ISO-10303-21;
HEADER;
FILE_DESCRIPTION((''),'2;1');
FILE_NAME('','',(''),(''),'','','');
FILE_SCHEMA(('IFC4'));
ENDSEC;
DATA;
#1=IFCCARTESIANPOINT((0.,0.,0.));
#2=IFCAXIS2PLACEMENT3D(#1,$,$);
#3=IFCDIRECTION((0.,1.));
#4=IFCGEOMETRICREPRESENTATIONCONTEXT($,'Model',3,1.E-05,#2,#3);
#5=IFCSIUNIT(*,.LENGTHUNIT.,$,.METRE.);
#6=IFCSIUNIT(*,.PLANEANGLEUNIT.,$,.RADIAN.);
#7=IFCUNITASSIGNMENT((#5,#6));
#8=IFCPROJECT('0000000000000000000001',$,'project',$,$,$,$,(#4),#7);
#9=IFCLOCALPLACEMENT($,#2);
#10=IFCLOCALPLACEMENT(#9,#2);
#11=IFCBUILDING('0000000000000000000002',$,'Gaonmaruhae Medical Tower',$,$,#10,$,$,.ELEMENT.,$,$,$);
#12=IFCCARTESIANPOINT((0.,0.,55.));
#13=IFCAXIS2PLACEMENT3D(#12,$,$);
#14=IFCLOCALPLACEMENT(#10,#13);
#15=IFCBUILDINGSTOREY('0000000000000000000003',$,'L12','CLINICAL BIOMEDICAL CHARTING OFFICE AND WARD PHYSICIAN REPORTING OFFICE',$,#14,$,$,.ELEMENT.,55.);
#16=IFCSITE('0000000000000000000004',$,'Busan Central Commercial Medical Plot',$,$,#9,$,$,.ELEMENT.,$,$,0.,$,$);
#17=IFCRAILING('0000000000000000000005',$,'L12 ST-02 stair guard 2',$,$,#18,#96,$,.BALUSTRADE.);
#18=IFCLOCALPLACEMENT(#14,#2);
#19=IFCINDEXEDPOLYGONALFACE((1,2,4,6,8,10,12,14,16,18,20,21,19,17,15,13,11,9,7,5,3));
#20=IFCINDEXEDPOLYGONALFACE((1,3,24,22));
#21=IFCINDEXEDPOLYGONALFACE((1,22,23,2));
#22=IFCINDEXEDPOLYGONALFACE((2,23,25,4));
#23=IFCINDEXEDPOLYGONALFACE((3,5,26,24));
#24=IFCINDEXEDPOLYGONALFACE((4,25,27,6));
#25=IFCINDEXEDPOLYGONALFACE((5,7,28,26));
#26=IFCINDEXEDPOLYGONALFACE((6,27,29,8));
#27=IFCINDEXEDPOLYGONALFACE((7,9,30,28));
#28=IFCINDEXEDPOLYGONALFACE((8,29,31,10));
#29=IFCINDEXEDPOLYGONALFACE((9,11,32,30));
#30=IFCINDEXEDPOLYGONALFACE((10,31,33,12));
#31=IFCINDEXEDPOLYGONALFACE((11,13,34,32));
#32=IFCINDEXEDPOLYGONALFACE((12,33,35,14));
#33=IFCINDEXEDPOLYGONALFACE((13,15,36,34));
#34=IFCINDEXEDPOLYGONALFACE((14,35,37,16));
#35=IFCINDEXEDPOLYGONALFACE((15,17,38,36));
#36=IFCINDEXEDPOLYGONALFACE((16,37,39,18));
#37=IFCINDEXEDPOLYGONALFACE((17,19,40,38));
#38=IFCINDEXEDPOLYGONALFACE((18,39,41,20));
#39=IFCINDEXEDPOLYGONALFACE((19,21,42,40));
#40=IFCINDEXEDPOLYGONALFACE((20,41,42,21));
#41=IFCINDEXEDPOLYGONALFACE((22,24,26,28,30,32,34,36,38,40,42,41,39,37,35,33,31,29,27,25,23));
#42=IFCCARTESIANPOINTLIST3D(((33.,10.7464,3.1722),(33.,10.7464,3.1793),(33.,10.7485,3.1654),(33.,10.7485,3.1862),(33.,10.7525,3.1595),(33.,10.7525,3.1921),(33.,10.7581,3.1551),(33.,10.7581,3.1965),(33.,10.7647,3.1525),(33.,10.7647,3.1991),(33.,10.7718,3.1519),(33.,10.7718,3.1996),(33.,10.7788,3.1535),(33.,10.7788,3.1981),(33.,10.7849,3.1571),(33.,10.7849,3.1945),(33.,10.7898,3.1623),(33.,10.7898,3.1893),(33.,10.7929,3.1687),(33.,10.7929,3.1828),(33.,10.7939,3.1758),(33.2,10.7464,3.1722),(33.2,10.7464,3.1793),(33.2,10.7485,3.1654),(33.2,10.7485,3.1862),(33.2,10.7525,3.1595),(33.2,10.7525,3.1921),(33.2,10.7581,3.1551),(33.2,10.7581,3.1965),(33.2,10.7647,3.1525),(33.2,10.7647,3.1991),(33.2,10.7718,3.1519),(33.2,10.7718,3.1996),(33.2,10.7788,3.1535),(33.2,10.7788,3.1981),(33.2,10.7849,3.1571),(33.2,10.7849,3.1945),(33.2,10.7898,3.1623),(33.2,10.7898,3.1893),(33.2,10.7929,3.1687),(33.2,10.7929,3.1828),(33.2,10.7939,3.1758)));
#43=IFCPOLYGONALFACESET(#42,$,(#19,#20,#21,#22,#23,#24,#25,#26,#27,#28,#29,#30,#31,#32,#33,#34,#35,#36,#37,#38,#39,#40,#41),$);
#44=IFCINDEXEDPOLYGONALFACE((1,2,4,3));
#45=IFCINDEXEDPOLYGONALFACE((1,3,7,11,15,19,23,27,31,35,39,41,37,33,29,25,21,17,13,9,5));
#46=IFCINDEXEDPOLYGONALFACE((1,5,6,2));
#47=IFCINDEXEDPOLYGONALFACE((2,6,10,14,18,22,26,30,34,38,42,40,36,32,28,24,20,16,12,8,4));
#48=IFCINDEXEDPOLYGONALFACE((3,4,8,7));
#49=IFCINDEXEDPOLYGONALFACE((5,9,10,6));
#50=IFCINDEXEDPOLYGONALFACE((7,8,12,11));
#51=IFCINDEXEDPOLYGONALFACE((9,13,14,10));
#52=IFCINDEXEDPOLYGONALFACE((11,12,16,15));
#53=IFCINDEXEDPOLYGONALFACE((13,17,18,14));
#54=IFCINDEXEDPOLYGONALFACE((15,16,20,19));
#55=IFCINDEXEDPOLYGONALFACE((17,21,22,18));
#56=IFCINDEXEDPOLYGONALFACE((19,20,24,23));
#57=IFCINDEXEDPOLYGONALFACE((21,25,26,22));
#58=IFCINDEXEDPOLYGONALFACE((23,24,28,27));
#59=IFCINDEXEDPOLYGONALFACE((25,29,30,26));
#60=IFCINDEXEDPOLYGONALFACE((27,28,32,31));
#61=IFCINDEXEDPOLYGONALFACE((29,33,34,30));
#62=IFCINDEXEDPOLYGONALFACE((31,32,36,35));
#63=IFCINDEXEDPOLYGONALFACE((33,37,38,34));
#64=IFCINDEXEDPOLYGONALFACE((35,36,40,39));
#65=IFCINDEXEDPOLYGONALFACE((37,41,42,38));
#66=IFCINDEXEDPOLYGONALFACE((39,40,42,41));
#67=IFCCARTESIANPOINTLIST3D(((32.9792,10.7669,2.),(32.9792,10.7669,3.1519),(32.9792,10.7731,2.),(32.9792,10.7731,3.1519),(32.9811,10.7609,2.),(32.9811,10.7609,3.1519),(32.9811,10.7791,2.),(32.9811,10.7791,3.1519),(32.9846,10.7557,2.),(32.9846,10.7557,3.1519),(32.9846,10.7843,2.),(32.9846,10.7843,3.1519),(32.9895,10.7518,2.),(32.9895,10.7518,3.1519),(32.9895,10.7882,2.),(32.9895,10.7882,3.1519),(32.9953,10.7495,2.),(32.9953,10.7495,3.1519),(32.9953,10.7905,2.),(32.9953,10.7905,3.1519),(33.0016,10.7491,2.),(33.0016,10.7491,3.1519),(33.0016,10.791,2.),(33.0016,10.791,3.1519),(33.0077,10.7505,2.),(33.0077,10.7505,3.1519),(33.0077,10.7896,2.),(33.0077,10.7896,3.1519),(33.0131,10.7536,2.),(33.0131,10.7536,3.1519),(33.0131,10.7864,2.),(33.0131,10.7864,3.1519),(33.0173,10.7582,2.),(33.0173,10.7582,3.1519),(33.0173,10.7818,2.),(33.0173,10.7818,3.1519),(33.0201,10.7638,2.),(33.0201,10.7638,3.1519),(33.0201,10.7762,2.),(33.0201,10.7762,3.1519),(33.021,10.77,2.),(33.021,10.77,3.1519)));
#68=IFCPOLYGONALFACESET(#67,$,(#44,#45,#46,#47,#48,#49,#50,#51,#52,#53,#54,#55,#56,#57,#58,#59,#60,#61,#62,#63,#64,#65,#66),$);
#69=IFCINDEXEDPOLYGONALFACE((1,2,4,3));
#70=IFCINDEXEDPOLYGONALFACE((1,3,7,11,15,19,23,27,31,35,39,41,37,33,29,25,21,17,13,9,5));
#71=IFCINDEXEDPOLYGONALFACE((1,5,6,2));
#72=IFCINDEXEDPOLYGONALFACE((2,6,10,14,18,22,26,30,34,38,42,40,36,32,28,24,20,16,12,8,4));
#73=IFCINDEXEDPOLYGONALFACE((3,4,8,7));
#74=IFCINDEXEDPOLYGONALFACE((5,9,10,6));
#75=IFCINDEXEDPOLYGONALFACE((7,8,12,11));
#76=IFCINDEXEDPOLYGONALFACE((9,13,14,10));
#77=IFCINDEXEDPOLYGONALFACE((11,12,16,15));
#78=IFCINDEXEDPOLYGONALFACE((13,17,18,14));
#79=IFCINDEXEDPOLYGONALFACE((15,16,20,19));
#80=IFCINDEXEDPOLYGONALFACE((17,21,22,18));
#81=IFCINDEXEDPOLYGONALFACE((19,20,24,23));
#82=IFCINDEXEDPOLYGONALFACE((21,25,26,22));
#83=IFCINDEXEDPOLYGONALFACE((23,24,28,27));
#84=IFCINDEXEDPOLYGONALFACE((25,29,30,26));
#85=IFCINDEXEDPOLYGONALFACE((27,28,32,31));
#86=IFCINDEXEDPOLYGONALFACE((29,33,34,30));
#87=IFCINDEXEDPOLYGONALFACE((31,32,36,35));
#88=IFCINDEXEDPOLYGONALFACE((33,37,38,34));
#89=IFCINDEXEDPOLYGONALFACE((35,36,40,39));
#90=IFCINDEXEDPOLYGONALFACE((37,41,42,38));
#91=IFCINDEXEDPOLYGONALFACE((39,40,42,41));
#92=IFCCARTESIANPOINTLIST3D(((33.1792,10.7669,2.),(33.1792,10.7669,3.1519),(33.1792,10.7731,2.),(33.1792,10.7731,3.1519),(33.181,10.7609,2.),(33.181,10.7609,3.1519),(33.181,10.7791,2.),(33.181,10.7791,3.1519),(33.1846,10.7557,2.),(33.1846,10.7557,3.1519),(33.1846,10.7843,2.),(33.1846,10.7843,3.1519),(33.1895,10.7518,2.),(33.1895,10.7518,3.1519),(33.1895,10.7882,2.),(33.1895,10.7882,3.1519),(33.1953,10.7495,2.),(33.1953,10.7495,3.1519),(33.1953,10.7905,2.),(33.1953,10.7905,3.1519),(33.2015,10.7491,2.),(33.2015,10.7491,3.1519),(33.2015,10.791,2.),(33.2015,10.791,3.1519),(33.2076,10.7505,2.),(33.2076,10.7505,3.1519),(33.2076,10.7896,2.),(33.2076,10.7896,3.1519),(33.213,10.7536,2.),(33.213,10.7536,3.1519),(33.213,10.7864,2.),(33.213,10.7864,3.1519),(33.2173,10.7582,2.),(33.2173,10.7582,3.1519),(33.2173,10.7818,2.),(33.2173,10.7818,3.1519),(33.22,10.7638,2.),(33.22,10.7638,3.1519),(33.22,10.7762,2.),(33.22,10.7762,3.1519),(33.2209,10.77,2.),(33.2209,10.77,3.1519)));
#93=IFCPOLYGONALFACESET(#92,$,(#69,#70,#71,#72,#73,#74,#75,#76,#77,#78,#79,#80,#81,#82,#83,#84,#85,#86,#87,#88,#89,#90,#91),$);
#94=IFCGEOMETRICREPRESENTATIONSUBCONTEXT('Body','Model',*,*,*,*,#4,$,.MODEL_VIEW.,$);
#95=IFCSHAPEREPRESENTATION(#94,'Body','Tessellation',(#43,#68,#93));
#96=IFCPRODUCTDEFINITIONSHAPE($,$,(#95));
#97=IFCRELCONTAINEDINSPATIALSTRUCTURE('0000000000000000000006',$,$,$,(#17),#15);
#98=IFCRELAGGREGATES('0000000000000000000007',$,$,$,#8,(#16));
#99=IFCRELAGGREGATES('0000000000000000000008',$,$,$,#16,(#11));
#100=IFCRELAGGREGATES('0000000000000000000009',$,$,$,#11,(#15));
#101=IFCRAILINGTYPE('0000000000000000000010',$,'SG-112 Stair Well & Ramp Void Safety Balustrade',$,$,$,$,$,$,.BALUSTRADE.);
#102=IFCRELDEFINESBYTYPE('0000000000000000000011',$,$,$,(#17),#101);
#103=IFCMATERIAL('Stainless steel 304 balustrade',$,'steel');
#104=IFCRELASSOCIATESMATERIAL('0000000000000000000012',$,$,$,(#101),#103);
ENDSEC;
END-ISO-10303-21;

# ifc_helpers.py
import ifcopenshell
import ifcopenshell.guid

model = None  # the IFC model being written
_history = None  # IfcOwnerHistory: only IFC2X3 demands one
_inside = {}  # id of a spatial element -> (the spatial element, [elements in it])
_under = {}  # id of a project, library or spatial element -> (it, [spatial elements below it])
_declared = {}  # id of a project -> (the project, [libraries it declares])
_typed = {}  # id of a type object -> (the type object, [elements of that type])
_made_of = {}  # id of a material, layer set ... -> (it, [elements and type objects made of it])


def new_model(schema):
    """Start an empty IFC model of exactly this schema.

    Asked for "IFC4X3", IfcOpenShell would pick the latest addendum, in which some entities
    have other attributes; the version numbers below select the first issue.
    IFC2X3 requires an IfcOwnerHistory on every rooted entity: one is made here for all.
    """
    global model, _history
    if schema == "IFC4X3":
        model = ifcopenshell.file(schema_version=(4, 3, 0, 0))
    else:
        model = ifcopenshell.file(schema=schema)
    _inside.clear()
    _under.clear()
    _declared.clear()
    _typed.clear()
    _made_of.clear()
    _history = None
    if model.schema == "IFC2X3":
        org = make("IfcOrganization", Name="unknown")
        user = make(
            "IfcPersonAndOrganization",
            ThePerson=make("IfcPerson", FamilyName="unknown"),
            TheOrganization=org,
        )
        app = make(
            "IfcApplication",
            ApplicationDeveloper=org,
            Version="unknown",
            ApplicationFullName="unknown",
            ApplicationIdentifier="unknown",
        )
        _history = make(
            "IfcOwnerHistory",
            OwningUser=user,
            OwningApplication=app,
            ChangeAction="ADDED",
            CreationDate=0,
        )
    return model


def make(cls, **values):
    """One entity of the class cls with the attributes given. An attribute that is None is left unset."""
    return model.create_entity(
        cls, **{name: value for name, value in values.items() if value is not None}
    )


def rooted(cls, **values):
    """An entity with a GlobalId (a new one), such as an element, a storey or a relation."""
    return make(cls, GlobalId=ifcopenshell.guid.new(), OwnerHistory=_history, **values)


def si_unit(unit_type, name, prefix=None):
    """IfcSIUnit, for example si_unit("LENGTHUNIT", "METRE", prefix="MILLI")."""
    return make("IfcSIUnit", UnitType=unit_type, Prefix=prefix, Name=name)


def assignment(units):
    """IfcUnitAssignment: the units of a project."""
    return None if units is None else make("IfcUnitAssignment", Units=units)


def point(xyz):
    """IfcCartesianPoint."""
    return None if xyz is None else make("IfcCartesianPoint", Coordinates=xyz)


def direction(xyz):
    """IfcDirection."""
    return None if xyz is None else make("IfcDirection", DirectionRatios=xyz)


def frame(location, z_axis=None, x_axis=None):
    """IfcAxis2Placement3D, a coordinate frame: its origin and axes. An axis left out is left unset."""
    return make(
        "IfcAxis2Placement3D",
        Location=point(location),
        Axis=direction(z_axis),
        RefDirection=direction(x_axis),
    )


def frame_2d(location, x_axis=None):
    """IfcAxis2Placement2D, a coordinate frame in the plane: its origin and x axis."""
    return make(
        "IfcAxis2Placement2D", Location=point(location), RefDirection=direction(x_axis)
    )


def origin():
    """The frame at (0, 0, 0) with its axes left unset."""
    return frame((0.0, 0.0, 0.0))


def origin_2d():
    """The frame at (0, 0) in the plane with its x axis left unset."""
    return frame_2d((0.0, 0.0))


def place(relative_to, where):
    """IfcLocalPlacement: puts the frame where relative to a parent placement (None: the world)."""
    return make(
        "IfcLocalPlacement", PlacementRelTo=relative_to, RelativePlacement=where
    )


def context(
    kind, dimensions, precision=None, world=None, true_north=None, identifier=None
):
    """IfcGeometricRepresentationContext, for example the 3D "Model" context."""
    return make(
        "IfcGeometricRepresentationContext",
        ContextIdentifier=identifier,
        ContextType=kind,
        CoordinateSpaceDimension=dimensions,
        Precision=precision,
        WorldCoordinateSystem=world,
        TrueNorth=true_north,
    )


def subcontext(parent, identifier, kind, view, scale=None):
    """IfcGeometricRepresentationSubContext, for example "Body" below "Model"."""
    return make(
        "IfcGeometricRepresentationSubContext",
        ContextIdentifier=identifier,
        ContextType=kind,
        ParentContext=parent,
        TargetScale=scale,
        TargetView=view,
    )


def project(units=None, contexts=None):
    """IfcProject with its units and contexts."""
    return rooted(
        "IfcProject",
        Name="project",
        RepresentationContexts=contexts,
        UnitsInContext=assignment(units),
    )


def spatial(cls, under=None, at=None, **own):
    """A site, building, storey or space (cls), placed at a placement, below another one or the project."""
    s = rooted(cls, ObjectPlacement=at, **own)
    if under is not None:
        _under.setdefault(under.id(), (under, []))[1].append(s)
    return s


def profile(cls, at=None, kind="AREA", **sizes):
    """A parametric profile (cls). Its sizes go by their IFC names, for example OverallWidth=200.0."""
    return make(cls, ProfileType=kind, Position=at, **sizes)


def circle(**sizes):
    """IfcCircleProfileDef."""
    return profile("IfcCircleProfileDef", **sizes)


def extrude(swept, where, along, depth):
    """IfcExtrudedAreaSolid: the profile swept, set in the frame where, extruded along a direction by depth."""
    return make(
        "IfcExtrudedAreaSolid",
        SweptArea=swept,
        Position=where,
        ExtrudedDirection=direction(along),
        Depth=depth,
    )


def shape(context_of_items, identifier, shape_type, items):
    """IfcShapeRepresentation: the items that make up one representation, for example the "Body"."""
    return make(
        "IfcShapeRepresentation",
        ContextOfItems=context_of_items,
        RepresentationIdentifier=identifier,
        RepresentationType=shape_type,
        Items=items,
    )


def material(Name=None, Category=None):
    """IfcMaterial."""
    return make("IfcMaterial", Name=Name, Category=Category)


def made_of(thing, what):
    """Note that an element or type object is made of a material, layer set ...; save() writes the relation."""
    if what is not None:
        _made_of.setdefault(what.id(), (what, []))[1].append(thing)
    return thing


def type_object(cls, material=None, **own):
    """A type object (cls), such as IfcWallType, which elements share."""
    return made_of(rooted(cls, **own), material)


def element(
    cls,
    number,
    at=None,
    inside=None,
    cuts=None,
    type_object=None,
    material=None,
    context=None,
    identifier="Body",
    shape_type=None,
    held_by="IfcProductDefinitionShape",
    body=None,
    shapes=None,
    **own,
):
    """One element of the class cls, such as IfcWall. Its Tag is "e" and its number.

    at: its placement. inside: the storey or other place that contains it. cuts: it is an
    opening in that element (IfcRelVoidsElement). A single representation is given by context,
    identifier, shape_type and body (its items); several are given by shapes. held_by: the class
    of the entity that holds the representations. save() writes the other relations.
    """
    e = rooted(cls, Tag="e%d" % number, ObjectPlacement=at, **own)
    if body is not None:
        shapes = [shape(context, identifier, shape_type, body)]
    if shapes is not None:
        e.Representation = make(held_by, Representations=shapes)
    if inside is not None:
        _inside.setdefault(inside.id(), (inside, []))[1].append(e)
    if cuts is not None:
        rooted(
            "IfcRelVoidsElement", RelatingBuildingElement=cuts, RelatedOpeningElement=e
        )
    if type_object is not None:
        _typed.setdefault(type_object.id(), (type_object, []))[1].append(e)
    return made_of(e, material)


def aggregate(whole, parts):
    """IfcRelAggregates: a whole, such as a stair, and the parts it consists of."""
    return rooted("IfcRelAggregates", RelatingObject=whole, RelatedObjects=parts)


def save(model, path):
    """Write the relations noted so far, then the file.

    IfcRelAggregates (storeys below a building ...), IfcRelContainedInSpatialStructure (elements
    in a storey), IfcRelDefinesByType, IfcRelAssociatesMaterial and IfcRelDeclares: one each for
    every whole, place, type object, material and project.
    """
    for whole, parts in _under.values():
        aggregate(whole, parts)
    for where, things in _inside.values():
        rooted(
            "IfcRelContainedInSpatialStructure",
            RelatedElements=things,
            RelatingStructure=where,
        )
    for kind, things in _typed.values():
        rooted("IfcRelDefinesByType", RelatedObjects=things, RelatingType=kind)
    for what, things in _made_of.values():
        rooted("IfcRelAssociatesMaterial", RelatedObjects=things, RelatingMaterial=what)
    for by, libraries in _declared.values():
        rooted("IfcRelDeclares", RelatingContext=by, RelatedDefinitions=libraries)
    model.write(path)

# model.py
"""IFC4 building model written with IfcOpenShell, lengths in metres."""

from ifc_helpers import new_model, si_unit, direction, frame, origin, origin_2d, place, context, subcontext, project, spatial, circle, extrude, material, type_object, element, save


model = new_model("IFC4")

# Units and contexts
model_context = context("Model", 3, precision=1e-05, world=origin(), true_north=direction((0.0, 1.0)))
body_context = subcontext(model_context, "Body", "Model", "MODEL_VIEW")
ifc_project = project(units=[si_unit("LENGTHUNIT", "METRE"), si_unit("PLANEANGLEUNIT", "RADIAN")], contexts=[model_context])

# Site, building, storey
site_placement = place(None, origin())
site = spatial("IfcSite", under=ifc_project, at=site_placement, Name="Busan Central Commercial Medical Plot", CompositionType="ELEMENT", RefElevation=0.0)
building_placement = place(site_placement, origin())
building = spatial("IfcBuilding", under=site, at=building_placement, Name="Gaonmaruhae Medical Tower", CompositionType="ELEMENT")
storey_placement = place(building_placement, frame((0.0, 0.0, 55.0)))
storey = spatial("IfcBuildingStorey", under=building, at=storey_placement, Name="L12", Description="CLINICAL BIOMEDICAL CHARTING OFFICE AND WARD PHYSICIAN REPORTING OFFICE", CompositionType="ELEMENT", Elevation=55.0)

# Railing
ifc_material_1 = material(Name="Stainless steel 304 balustrade", Category="steel")
railing_type_1 = type_object("IfcRailingType", Name="SG-112 Stair Well & Ramp Void Safety Balustrade", PredefinedType="BALUSTRADE", material=ifc_material_1)
railing_1_placement = place(storey_placement, frame((33.0, 10.77, 2.0)))
element("IfcRailing", 1, at=railing_1_placement, inside=storey, type_object=railing_type_1, Name="L12 ST-02 stair guard 2", PredefinedType="BALUSTRADE", context=body_context, shape_type="SweptSolid", body=[
    extrude(circle(Radius=0.0239, at=origin_2d()), frame((0.0, 0.0, 1.1758), z_axis=(1.0, 0.0, 0.0), x_axis=(0.0, 1.0, 0.0)), (0.0, 0.0, 1.0), 0.2),
    extrude(circle(Radius=0.021, at=origin_2d()), origin(), (0.0, 0.0, 1.0), 1.1519),
    extrude(circle(Radius=0.021, at=origin_2d()), frame((0.2, 0.0, 0.0)), (0.0, 0.0, 1.0), 1.1519),
])

save(model, "model.ifc")
